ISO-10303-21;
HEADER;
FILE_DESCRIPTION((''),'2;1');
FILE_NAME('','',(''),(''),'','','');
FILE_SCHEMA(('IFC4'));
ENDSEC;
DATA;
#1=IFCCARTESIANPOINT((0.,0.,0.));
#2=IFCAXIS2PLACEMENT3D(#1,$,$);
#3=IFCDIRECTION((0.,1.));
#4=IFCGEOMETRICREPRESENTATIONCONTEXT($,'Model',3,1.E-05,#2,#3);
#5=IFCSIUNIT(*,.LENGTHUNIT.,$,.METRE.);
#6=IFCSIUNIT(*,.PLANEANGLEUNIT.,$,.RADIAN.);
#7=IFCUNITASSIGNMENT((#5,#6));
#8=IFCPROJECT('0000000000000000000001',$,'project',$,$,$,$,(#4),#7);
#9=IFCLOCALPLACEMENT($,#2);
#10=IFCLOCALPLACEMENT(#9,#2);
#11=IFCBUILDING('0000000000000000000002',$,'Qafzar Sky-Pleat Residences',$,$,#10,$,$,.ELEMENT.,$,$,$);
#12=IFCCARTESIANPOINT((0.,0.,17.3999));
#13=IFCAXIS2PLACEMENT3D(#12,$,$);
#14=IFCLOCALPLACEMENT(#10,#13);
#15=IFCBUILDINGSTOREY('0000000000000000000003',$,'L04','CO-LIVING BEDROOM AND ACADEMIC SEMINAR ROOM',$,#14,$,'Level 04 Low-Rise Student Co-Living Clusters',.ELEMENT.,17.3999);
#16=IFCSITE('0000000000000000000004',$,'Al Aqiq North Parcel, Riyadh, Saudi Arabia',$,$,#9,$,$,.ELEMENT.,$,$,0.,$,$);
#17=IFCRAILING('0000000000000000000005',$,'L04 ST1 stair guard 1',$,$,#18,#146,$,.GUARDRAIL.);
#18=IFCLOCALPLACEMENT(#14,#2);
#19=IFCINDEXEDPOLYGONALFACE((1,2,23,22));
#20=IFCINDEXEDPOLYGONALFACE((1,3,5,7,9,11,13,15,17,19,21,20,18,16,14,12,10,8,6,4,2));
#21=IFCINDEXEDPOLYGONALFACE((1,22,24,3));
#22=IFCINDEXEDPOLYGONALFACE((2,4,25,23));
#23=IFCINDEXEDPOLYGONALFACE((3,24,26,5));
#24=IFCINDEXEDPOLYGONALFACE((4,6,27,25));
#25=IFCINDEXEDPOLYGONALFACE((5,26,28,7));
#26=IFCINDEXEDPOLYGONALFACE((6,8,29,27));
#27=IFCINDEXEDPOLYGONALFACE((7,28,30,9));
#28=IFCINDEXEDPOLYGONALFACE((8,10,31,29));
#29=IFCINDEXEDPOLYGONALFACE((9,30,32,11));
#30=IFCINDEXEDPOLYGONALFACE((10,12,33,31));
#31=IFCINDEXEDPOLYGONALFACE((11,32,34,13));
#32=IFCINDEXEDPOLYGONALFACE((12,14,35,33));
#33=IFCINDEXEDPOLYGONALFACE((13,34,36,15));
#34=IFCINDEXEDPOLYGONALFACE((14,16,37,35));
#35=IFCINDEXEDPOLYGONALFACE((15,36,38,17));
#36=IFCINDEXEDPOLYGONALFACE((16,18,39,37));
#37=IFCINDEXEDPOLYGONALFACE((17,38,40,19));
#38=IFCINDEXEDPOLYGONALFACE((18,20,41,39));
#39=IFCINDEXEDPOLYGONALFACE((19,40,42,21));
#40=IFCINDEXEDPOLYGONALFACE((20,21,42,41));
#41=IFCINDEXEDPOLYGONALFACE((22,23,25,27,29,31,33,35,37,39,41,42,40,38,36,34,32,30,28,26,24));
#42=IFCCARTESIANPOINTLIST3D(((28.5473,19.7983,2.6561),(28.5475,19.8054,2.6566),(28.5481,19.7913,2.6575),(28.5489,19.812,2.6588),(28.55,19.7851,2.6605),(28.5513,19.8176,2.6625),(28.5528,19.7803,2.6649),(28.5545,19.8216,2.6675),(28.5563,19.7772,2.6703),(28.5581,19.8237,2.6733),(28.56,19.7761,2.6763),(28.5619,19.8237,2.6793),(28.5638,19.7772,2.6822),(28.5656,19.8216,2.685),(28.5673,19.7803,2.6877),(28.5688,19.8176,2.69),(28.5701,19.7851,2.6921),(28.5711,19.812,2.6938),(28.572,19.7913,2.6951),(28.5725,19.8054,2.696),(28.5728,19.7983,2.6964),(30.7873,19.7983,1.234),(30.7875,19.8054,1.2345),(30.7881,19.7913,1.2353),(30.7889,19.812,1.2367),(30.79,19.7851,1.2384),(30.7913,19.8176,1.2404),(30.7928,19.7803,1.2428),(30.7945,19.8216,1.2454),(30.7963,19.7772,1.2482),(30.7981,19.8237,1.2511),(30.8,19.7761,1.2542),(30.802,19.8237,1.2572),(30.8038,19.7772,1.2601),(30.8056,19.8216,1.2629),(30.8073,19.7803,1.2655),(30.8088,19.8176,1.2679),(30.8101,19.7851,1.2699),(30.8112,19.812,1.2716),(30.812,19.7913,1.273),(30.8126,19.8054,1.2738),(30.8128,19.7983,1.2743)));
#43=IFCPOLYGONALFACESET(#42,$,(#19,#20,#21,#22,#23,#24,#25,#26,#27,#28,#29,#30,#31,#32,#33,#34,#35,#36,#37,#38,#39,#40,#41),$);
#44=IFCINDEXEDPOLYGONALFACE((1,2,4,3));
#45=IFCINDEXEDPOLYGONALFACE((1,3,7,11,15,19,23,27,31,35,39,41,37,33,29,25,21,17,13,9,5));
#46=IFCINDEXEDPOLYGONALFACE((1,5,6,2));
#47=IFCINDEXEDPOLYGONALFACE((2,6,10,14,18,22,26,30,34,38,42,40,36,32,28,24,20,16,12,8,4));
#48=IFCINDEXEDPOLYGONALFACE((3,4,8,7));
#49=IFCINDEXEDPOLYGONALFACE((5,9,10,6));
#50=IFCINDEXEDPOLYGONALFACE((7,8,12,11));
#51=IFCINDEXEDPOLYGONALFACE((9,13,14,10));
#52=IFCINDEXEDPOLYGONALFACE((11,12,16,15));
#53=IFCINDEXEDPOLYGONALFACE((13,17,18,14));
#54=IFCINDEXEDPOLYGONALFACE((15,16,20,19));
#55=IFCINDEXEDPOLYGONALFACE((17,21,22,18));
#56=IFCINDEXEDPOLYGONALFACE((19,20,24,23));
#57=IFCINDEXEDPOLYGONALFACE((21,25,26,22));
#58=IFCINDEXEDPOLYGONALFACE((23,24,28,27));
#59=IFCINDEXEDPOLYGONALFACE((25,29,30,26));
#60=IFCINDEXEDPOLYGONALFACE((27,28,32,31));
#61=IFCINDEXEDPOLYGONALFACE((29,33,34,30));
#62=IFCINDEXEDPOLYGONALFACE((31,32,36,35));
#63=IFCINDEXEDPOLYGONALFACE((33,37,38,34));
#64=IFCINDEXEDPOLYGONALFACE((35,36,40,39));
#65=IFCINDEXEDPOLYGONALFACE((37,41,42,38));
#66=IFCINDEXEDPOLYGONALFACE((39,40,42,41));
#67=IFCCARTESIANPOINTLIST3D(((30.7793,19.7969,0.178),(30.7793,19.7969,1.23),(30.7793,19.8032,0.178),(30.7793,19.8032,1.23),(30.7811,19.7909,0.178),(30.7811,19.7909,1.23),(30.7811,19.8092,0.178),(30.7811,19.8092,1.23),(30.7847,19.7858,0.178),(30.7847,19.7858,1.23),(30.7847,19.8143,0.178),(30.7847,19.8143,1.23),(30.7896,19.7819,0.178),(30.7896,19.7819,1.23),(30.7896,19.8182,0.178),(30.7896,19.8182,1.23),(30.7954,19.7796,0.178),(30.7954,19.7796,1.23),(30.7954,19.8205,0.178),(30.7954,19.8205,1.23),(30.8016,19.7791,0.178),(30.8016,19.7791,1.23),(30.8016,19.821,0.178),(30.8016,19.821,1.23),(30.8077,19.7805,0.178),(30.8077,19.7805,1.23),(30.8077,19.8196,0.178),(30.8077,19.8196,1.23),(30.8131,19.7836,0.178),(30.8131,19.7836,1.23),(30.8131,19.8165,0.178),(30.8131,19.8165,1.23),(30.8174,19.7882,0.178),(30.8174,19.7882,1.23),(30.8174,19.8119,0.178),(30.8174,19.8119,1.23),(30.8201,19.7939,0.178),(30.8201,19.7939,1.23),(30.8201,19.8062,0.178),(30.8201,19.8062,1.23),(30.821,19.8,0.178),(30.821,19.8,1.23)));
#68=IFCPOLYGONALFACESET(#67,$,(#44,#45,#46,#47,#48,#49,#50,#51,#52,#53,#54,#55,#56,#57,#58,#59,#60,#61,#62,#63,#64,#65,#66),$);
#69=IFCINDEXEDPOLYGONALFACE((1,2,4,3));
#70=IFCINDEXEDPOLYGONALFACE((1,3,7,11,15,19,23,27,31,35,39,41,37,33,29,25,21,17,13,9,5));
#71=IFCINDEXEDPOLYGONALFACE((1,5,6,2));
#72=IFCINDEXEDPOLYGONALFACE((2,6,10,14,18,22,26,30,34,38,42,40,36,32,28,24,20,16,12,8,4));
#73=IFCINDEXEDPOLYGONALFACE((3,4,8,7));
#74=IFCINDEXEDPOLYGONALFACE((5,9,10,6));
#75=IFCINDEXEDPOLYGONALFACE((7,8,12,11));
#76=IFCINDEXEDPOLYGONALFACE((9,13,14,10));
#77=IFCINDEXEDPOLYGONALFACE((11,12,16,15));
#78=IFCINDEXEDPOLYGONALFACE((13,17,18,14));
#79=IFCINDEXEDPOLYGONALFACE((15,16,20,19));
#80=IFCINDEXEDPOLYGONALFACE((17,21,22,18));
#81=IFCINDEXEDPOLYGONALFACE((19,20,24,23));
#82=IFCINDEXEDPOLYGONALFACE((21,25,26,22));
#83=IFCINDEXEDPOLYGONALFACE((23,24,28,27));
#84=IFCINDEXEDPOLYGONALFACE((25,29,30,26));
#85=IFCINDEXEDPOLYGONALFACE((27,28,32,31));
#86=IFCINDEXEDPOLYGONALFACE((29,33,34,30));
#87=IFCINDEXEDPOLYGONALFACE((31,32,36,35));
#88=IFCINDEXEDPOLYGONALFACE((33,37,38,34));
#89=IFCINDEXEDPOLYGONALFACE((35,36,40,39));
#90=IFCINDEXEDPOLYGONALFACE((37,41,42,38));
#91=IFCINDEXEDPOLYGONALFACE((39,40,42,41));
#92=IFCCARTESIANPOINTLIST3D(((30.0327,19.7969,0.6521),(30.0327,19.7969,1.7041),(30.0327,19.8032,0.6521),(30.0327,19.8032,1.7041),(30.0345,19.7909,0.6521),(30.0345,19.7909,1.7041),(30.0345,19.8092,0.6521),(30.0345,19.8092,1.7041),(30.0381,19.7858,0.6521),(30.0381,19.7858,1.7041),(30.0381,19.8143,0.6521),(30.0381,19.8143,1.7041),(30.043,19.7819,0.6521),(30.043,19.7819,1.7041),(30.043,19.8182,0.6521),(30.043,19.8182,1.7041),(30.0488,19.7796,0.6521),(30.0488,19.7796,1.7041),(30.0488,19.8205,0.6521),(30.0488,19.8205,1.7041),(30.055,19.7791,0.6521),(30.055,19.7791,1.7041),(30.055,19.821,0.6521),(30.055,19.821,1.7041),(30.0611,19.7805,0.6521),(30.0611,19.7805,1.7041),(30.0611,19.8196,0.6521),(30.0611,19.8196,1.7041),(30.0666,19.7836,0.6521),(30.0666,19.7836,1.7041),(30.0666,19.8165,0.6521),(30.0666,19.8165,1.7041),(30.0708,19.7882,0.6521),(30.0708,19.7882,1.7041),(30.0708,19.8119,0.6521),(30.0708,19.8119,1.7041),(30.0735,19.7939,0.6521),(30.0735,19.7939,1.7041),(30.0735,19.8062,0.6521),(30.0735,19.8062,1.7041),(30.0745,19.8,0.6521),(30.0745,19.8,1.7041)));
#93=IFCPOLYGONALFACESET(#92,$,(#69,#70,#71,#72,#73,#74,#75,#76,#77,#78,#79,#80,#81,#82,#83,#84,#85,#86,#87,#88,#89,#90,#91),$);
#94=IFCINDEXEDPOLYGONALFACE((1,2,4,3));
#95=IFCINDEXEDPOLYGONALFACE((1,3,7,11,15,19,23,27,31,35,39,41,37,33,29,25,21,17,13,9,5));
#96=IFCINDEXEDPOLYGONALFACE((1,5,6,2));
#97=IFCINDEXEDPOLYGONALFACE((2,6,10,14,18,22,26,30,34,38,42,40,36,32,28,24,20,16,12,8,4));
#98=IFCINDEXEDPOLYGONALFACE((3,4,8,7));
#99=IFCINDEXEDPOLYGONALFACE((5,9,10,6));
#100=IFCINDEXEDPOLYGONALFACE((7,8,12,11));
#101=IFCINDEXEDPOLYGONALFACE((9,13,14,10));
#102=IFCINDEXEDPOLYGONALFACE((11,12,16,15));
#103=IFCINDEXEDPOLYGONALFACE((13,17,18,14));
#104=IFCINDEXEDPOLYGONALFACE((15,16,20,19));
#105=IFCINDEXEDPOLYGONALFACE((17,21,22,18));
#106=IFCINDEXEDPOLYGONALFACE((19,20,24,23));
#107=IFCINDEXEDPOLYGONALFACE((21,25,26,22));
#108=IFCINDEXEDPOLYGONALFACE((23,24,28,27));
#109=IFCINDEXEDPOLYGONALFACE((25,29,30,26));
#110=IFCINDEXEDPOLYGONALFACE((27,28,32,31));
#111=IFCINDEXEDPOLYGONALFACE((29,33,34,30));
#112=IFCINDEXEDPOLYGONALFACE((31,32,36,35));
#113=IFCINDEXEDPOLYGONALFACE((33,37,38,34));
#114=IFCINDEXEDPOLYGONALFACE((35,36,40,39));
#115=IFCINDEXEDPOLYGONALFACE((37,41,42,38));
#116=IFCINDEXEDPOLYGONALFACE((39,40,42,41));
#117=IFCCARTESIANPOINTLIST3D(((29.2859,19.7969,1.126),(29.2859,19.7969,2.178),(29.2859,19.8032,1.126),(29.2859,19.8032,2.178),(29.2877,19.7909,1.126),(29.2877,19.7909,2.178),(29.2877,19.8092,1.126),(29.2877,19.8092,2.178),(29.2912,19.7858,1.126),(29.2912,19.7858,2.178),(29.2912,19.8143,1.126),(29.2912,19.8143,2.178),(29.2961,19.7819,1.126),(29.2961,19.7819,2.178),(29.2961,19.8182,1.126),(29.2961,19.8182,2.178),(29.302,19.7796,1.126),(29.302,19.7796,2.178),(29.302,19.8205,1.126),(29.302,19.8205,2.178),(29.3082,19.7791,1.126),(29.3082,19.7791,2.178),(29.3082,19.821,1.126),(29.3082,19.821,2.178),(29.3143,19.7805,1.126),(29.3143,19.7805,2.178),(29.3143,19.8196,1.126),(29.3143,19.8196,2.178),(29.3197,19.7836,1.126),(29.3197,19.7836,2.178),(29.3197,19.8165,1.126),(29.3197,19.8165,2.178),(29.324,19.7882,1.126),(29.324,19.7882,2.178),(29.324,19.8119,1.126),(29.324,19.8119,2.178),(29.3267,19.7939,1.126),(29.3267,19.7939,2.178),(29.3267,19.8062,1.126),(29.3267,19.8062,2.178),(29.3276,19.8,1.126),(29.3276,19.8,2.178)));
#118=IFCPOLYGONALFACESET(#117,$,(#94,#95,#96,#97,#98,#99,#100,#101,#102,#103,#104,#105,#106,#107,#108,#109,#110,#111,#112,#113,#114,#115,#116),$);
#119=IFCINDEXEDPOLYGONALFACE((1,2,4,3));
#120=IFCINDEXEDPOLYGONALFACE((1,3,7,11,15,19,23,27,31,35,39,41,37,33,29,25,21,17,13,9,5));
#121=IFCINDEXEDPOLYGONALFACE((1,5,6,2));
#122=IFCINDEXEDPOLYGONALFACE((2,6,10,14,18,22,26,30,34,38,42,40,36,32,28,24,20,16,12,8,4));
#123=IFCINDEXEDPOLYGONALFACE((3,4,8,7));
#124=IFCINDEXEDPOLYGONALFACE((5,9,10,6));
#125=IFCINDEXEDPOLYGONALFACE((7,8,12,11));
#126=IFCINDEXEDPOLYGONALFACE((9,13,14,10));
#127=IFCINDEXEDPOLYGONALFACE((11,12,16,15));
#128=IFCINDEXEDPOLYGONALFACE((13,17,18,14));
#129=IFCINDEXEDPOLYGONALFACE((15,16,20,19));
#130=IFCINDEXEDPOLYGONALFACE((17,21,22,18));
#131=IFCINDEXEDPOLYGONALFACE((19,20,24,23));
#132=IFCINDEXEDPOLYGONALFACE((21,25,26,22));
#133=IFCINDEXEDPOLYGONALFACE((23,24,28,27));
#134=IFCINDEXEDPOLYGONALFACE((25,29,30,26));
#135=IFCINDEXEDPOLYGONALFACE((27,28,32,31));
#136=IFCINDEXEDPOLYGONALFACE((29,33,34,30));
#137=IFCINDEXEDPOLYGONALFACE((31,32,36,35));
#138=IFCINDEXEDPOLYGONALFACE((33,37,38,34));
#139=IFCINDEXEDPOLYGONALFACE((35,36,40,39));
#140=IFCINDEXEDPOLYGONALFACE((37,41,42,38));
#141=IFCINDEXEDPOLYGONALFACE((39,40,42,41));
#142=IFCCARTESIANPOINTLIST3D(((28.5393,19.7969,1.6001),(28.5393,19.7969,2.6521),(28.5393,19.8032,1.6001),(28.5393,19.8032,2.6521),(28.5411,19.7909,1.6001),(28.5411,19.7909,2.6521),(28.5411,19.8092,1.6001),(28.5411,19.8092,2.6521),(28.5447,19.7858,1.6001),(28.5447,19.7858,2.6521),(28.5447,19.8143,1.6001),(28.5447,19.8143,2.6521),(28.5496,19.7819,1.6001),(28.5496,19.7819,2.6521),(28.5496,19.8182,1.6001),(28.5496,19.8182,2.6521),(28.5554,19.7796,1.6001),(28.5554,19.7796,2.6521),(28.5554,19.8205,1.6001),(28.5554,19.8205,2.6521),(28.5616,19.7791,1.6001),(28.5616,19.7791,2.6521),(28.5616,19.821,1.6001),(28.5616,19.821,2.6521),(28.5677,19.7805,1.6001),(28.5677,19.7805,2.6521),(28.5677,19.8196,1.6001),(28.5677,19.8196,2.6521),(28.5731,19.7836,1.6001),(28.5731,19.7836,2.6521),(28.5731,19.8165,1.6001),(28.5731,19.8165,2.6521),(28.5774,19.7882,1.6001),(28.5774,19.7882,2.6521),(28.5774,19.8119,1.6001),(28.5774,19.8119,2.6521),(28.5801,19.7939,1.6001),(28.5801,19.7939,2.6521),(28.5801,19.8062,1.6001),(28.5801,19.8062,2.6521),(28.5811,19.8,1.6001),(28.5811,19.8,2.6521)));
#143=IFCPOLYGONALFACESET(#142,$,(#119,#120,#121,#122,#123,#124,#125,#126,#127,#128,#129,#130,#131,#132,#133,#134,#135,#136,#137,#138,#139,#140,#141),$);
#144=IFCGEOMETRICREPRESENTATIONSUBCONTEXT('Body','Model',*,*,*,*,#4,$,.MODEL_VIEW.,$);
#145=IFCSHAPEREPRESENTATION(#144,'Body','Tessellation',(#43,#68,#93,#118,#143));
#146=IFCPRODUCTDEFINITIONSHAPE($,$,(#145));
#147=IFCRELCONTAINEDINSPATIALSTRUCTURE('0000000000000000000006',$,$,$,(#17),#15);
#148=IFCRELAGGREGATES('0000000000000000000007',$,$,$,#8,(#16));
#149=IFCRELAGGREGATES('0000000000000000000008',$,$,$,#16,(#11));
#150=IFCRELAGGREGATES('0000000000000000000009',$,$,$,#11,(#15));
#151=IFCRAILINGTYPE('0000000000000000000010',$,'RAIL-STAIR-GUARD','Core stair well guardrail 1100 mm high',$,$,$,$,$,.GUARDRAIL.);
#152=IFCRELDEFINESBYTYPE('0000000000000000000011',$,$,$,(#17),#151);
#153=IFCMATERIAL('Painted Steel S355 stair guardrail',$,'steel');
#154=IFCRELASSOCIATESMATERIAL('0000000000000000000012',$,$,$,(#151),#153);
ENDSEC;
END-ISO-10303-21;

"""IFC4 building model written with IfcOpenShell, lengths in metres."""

from ifc_helpers import new_model, si_unit, direction, frame, origin, origin_2d, place, context, subcontext, project, spatial, circle, extrude, source, transform, mapped, material, type_object, element, save


model = new_model("IFC4")

# Units and contexts
model_context = context("Model", 3, precision=1e-05, world=origin(), true_north=direction((0.0, 1.0)))
body_context = subcontext(model_context, "Body", "Model", "MODEL_VIEW")
ifc_project = project(units=[si_unit("LENGTHUNIT", "METRE"), si_unit("PLANEANGLEUNIT", "RADIAN")], contexts=[model_context])

# Site, building, storey
site_placement = place(None, origin())
site = spatial("IfcSite", under=ifc_project, at=site_placement, Name="Al Aqiq North Parcel, Riyadh, Saudi Arabia", CompositionType="ELEMENT", RefElevation=0.0)
building_placement = place(site_placement, origin())
building = spatial("IfcBuilding", under=site, at=building_placement, Name="Qafzar Sky-Pleat Residences", CompositionType="ELEMENT")
storey_placement = place(building_placement, frame((0.0, 0.0, 17.3999)))
storey = spatial("IfcBuildingStorey", under=building, at=storey_placement, Name="L04", Description="CO-LIVING BEDROOM AND ACADEMIC SEMINAR ROOM", LongName="Level 04 Low-Rise Student Co-Living Clusters", CompositionType="ELEMENT", Elevation=17.3999)

# Railing
ifc_material_1 = material(Name="Painted Steel S355 stair guardrail", Category="steel")
railing_type_1 = type_object("IfcRailingType", Name="RAIL-STAIR-GUARD", Description="Core stair well guardrail 1100 mm high", PredefinedType="GUARDRAIL", material=ifc_material_1)
shared_shape_1 = source(origin(), body_context, "Body", "SweptSolid", [
    extrude(circle(Radius=0.0239, at=origin_2d()), frame((0.0, 0.0, 1.0762), z_axis=(-0.844229, 0.0, 0.535982), x_axis=(0.0, -1.0, 0.0)), (0.0, 0.0, 1.0), 2.6533),
    extrude(circle(Radius=0.021, at=origin_2d()), origin(), (0.0, 0.0, 1.0), 1.052),
    extrude(circle(Radius=0.021, at=origin_2d()), frame((-0.7466, 0.0, 0.4741)), (0.0, 0.0, 1.0), 1.052),
    extrude(circle(Radius=0.021, at=origin_2d()), frame((-1.4934, 0.0, 0.948)), (0.0, 0.0, 1.0), 1.052),
    extrude(circle(Radius=0.021, at=origin_2d()), frame((-2.24, 0.0, 1.4221)), (0.0, 0.0, 1.0), 1.052),
])
railing_1_placement = place(storey_placement, frame((30.8, 19.8, 0.178)))
element("IfcRailing", 1, at=railing_1_placement, inside=storey, type_object=railing_type_1, Name="L04 ST1 stair guard 1", PredefinedType="GUARDRAIL", context=body_context, shape_type="MappedRepresentation", body=[
    mapped(shared_shape_1, transform((0.0, 0.0, 0.0), x_axis=(1.0, 0.0, 0.0), y_axis=(0.0, 1.0, 0.0), z_axis=(0.0, 0.0, 1.0), scale=1.0)),
])

save(model, "model.ifc")
